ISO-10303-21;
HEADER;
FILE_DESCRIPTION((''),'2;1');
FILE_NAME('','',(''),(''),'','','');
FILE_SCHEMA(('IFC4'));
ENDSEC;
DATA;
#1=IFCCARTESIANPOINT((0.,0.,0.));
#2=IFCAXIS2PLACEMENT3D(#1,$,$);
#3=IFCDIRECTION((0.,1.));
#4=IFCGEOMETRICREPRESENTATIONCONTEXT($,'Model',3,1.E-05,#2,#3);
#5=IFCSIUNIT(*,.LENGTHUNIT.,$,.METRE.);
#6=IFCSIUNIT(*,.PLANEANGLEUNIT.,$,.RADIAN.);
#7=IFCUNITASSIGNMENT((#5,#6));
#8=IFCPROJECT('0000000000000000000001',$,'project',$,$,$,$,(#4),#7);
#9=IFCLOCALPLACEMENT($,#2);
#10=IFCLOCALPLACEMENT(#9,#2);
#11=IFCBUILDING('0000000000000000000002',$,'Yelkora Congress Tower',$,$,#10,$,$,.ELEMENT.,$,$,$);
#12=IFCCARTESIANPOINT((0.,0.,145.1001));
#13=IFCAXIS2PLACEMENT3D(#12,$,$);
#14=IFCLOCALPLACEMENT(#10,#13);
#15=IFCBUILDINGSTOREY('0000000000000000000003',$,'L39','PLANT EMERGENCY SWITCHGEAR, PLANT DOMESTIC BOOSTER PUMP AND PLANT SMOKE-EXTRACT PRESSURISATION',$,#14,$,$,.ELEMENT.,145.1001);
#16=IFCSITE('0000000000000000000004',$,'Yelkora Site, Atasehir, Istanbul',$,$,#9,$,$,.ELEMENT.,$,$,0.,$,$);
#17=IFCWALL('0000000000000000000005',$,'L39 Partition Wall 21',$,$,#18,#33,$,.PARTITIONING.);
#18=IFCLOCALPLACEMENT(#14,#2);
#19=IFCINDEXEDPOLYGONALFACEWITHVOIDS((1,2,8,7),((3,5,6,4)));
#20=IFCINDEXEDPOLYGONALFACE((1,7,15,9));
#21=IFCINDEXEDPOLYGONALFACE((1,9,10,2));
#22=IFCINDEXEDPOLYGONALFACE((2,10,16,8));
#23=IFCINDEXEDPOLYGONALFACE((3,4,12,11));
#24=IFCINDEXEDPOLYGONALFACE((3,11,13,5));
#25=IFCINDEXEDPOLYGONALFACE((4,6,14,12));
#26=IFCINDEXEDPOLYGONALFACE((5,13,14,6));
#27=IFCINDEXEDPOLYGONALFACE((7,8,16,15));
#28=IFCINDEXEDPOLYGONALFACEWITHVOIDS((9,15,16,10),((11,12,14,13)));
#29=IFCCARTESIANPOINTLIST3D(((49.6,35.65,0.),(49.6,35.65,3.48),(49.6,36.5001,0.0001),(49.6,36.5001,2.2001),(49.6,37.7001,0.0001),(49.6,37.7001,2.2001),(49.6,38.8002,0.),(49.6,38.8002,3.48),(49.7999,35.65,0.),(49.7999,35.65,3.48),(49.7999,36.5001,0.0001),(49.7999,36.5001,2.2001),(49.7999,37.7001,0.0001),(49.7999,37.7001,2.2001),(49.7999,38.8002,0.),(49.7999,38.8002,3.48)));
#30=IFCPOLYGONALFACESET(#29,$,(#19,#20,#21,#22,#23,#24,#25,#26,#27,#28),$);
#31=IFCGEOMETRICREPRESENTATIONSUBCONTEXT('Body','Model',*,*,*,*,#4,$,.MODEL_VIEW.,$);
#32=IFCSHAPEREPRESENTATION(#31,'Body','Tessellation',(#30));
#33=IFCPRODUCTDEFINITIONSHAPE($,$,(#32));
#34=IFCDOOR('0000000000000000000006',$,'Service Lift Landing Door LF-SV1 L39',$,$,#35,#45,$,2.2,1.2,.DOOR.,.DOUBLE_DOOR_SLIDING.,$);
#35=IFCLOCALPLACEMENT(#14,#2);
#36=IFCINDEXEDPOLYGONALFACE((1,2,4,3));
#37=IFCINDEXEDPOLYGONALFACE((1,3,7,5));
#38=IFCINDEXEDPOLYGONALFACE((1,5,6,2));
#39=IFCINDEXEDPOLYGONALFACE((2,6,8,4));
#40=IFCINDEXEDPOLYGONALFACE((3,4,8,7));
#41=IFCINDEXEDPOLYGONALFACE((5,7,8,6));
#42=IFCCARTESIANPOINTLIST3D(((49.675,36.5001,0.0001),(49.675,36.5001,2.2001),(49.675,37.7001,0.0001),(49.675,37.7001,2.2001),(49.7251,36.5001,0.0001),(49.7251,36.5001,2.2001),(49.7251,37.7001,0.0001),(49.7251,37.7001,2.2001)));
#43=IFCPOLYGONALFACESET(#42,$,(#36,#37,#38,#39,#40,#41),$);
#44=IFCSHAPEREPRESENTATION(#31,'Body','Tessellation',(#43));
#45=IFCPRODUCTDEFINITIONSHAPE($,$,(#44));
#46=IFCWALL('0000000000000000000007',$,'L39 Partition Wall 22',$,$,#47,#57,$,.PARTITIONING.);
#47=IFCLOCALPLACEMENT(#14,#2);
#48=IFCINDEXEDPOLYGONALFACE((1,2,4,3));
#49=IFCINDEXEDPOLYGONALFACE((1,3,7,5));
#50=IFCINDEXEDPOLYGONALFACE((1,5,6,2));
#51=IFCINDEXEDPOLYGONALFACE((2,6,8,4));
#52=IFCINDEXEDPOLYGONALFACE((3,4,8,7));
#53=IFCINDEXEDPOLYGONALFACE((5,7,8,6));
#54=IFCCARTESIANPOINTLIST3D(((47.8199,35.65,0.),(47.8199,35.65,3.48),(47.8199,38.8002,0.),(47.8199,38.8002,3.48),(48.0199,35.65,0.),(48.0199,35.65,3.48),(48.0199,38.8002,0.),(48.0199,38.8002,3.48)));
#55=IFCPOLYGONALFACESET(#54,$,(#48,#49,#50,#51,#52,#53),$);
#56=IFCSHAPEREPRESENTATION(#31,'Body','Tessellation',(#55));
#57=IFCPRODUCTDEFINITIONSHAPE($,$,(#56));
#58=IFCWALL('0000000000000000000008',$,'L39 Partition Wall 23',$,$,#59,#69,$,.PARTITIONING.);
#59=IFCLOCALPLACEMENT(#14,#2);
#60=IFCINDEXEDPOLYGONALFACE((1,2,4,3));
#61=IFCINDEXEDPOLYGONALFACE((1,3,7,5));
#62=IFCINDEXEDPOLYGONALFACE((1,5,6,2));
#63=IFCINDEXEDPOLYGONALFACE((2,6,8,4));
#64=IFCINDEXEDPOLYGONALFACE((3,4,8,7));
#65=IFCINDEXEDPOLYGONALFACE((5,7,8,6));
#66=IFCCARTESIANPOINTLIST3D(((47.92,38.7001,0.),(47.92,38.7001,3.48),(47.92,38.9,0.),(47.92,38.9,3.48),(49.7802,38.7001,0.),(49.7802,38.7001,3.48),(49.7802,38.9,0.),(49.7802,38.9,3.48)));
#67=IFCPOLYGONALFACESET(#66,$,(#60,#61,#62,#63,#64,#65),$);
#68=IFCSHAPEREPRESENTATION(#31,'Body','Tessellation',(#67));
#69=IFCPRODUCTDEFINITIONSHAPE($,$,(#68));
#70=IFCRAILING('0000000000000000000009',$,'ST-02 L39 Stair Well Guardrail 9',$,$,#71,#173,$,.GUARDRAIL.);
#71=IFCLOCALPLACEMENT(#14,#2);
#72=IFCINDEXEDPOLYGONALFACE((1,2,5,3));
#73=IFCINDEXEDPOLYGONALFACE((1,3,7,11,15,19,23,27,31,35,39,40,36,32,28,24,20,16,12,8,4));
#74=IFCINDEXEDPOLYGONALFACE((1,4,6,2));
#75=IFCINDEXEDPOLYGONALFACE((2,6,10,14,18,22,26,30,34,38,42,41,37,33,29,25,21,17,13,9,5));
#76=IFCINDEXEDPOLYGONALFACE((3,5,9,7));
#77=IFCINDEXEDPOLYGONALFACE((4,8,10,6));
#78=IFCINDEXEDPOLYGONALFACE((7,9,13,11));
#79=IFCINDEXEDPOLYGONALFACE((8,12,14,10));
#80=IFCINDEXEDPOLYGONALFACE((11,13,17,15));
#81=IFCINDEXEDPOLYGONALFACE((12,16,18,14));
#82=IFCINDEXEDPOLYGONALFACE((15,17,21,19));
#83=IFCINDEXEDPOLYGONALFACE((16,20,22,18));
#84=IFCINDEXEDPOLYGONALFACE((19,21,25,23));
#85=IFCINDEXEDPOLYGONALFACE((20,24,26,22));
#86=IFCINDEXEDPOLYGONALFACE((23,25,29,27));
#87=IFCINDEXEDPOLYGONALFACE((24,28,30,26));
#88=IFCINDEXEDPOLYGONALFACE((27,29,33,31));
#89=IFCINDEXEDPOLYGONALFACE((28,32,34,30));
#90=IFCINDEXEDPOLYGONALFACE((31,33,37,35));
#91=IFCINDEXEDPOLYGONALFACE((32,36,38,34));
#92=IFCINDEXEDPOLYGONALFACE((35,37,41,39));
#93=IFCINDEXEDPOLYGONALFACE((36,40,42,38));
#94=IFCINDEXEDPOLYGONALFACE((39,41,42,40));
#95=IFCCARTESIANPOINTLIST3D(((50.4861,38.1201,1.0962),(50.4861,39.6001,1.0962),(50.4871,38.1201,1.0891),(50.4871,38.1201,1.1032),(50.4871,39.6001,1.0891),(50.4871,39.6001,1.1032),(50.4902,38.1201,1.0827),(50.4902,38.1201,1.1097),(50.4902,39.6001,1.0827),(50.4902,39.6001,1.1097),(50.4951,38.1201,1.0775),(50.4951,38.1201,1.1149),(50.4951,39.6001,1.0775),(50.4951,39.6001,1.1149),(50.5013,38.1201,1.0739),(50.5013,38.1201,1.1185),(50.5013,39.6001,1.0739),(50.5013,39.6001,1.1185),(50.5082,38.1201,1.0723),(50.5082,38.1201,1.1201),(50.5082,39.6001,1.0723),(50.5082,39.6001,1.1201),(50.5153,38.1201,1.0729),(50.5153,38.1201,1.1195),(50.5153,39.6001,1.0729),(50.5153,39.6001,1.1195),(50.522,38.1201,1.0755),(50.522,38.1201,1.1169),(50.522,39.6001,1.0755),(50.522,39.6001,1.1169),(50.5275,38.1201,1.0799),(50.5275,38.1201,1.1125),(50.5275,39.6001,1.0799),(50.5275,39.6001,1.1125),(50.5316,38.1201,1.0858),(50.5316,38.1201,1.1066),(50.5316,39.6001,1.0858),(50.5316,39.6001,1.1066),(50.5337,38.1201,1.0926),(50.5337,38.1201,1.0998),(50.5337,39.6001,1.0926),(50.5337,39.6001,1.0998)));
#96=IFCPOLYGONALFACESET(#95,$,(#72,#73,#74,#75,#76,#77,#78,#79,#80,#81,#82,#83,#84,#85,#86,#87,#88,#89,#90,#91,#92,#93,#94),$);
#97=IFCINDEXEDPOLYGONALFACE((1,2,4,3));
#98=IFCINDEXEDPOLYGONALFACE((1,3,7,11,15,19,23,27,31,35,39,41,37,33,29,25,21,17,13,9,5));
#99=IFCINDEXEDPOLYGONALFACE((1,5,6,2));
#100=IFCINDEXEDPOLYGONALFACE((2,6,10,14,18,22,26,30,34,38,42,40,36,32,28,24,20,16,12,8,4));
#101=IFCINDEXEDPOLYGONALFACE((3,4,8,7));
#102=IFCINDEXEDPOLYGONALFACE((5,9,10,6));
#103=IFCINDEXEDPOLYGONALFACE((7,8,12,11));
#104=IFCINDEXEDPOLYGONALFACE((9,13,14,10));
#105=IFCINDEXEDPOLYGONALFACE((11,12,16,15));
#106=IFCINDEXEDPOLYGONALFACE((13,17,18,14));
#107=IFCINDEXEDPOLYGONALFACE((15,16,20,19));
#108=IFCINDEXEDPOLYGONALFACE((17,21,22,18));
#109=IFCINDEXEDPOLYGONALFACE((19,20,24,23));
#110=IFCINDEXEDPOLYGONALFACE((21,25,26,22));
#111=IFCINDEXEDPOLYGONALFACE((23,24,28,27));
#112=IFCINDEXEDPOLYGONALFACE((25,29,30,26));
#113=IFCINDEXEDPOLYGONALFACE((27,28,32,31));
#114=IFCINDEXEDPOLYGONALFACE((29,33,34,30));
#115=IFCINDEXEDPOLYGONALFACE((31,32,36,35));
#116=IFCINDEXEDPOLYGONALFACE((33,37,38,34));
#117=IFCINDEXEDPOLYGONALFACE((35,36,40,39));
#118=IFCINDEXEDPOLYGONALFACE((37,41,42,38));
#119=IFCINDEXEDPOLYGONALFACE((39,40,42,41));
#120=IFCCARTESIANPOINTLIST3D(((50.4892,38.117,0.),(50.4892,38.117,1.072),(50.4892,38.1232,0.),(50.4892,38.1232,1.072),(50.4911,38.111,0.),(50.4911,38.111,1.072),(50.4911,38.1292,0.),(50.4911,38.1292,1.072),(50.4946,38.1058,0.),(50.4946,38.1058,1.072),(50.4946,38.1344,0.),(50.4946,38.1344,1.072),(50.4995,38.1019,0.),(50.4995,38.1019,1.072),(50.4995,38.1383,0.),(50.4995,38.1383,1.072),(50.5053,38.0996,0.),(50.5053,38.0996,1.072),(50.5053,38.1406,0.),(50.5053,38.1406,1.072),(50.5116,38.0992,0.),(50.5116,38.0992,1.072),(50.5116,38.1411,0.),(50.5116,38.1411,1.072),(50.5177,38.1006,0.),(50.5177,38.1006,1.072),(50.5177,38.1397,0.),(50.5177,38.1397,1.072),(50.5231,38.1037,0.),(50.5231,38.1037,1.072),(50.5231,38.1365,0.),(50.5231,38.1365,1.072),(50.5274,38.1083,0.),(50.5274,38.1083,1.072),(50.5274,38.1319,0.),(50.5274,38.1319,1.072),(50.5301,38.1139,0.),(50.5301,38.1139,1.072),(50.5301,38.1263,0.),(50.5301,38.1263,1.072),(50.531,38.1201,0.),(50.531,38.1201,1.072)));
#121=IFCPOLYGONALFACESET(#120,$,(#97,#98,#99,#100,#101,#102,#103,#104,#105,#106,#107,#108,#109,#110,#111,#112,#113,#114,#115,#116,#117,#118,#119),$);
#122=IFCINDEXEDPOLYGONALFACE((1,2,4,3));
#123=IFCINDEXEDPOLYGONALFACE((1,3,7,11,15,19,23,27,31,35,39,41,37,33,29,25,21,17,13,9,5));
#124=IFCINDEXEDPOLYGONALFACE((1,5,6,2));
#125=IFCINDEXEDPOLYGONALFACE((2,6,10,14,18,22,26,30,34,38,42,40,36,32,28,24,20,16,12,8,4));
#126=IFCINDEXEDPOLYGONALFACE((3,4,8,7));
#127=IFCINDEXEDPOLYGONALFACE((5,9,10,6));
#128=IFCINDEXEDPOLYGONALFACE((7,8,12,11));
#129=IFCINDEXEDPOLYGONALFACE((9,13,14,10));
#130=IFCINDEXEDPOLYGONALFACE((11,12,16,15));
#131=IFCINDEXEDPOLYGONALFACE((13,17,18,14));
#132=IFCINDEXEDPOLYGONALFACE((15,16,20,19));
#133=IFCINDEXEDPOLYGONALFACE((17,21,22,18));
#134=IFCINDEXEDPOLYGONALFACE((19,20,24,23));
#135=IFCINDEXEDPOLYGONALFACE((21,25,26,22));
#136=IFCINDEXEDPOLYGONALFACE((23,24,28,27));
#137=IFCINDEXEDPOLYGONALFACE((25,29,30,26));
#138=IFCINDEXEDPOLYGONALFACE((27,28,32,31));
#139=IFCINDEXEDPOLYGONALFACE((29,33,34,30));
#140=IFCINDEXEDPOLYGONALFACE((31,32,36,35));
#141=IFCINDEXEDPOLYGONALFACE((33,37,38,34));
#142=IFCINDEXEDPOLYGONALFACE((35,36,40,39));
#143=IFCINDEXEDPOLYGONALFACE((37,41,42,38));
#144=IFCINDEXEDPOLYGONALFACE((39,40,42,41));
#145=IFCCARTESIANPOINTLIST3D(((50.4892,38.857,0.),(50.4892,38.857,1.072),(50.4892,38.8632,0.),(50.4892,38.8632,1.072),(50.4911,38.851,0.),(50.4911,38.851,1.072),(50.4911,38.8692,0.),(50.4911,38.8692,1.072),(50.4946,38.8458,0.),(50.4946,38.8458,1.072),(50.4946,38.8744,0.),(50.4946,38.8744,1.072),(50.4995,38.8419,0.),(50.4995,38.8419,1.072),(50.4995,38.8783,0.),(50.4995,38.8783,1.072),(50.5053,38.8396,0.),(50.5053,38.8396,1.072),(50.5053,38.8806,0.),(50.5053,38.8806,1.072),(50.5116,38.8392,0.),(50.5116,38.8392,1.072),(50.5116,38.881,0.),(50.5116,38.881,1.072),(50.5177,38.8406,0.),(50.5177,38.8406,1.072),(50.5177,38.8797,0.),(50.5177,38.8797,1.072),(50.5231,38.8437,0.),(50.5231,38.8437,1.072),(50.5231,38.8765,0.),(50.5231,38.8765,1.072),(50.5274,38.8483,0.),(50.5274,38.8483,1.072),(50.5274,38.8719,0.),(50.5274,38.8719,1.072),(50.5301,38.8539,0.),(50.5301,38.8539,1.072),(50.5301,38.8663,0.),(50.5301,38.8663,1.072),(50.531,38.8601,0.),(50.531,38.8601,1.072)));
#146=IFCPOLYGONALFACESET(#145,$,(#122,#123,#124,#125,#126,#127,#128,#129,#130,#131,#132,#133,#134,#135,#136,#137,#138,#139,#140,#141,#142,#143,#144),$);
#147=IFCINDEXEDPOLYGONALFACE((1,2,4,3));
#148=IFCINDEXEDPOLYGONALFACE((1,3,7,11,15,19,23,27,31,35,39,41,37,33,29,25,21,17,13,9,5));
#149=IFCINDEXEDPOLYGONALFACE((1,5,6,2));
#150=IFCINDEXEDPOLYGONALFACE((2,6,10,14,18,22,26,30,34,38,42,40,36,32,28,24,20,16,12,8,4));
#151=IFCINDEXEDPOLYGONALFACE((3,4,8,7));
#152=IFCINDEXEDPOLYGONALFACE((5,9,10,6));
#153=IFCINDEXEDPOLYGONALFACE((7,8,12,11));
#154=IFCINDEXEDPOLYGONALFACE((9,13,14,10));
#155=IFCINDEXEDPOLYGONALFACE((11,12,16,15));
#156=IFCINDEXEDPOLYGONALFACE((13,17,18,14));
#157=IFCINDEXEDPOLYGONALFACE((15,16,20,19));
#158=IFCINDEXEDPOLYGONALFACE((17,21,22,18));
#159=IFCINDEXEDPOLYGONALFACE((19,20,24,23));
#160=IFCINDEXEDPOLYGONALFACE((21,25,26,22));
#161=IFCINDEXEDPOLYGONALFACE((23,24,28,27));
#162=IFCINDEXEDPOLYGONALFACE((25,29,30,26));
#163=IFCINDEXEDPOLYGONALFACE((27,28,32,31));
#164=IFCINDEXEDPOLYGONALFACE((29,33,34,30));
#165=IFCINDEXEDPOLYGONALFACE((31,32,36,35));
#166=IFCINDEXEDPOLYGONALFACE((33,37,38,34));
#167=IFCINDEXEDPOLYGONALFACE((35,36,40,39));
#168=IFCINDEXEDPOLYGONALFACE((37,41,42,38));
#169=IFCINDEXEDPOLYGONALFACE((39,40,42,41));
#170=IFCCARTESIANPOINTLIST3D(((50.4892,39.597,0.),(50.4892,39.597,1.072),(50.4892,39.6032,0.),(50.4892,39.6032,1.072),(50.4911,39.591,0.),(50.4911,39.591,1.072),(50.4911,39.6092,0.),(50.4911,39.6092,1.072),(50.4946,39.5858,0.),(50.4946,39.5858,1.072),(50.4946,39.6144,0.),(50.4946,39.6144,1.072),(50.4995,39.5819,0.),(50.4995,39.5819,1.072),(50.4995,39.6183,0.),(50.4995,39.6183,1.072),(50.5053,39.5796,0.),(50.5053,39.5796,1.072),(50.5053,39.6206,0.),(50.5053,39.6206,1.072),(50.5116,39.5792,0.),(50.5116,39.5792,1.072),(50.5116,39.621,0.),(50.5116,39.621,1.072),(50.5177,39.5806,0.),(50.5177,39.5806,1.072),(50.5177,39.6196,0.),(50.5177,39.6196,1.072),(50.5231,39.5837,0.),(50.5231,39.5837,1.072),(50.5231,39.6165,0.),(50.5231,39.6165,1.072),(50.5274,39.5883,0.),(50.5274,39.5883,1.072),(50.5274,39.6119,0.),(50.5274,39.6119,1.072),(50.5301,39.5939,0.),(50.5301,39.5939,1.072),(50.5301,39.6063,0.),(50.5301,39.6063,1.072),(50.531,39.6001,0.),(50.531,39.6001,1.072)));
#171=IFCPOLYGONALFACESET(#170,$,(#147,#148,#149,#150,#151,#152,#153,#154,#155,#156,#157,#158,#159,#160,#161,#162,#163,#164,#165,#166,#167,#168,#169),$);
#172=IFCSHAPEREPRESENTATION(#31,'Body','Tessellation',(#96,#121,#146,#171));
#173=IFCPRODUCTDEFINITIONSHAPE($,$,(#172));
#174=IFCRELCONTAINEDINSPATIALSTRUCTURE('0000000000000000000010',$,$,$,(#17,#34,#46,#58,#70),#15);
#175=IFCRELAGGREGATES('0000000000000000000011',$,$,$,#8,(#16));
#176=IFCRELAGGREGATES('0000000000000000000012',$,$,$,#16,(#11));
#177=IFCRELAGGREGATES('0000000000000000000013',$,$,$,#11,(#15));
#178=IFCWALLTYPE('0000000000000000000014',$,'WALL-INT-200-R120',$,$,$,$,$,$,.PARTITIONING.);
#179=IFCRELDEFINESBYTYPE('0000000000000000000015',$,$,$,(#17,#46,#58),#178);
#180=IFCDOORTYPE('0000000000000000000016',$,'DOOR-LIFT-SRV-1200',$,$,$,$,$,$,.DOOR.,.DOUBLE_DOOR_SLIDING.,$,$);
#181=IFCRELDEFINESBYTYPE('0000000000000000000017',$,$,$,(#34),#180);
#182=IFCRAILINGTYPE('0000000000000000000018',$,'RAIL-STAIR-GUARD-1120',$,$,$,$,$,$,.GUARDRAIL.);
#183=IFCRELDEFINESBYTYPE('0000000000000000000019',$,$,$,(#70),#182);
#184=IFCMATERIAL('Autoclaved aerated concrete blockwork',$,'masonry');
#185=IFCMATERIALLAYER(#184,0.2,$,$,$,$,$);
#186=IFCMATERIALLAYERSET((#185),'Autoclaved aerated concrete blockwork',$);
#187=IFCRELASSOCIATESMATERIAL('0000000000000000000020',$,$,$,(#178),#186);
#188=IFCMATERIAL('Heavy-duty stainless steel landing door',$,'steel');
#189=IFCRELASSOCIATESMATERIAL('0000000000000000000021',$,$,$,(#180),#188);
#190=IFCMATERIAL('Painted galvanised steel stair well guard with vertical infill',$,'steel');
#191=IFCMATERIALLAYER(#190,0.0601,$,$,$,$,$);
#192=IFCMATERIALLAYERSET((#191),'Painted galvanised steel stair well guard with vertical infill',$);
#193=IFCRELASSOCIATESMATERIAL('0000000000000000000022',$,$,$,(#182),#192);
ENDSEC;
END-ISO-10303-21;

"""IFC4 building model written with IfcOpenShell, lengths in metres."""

from ifc_helpers import new_model, si_unit, direction, frame, frame_2d, origin, origin_2d, place, context, subcontext, project, spatial, rectangle, circle, extrude, material, layer, layer_set, type_object, element, fill, save


model = new_model("IFC4")

# Units and contexts
model_context = context("Model", 3, precision=1e-05, world=origin(), true_north=direction((0.0, 1.0)))
body_context = subcontext(model_context, "Body", "Model", "MODEL_VIEW")
ifc_project = project(units=[si_unit("LENGTHUNIT", "METRE"), si_unit("PLANEANGLEUNIT", "RADIAN")], contexts=[model_context])

# Site, building, storey
site_placement = place(None, origin())
site = spatial("IfcSite", under=ifc_project, at=site_placement, Name="Yelkora Site, Atasehir, Istanbul", CompositionType="ELEMENT", RefElevation=0.0)
building_placement = place(site_placement, origin())
building = spatial("IfcBuilding", under=site, at=building_placement, Name="Yelkora Congress Tower", CompositionType="ELEMENT")
storey_placement = place(building_placement, frame((0.0, 0.0, 145.1001)))
storey = spatial("IfcBuildingStorey", under=building, at=storey_placement, Name="L39", Description="PLANT EMERGENCY SWITCHGEAR, PLANT DOMESTIC BOOSTER PUMP AND PLANT SMOKE-EXTRACT PRESSURISATION", CompositionType="ELEMENT", Elevation=145.1001)

# Wall, opening, door
ifc_material_1 = material(Name="Autoclaved aerated concrete blockwork", Category="masonry")
ifc_layer_1 = layer(ifc_material_1, 0.2)
ifc_layer_set_1 = layer_set([ifc_layer_1], Name="Autoclaved aerated concrete blockwork")
wall_type_1 = type_object("IfcWallType", Name="WALL-INT-200-R120", PredefinedType="PARTITIONING", material=ifc_layer_set_1)
wall_1_placement = place(storey_placement, frame((49.7, 35.6499, 0.0), z_axis=(0.0, 0.0, 1.0), x_axis=(0.0, 1.0, 0.0)))
wall_1 = element("IfcWall", 1, at=wall_1_placement, inside=storey, type_object=wall_type_1, Name="L39 Partition Wall 21", PredefinedType="PARTITIONING", context=body_context, shape_type="SweptSolid", body=[
    extrude(rectangle(XDim=3.1501, YDim=0.2, at=frame_2d((1.5752, 0.0))), origin(), (0.0, 0.0, 1.0), 3.48),
])
opening_1_placement = place(wall_1_placement, frame((0.8501, 0.0, 0.0)))
opening_1 = element("IfcOpeningElement", 2, at=opening_1_placement, cuts=wall_1, PredefinedType="OPENING", context=body_context, shape_type="SweptSolid", body=[
    extrude(rectangle(XDim=1.2, YDim=2.2, at=frame_2d((0.6001, 1.1001))), frame((0.0, 0.1099, 0.0), z_axis=(0.0, -1.0, 0.0), x_axis=(1.0, 0.0, 0.0)), (0.0, 0.0, 1.0), 0.22),
])
ifc_material_2 = material(Name="Heavy-duty stainless steel landing door", Category="steel")
door_type_1 = type_object("IfcDoorType", Name="DOOR-LIFT-SRV-1200", OperationType="DOUBLE_DOOR_SLIDING", PredefinedType="DOOR", material=ifc_material_2)
door_1_placement = place(opening_1_placement, origin())
door_1 = element("IfcDoor", 3, at=door_1_placement, inside=storey, type_object=door_type_1, Name="Service Lift Landing Door LF-SV1 L39", OperationType="DOUBLE_DOOR_SLIDING", OverallHeight=2.2, OverallWidth=1.2, PredefinedType="DOOR", context=body_context, shape_type="SweptSolid", body=[
    extrude(rectangle(XDim=1.2, YDim=2.2, at=frame_2d((0.6001, 1.1001))), frame((0.0, 0.0249, 0.0), z_axis=(0.0, -1.0, 0.0), x_axis=(1.0, 0.0, 0.0)), (0.0, 0.0, 1.0), 0.05),
])
fill(opening_1, door_1)

# Walls
wall_2_placement = place(storey_placement, frame((47.9199, 35.6499, 0.0), z_axis=(0.0, 0.0, 1.0), x_axis=(0.0, 1.0, 0.0)))
element("IfcWall", 4, at=wall_2_placement, inside=storey, type_object=wall_type_1, Name="L39 Partition Wall 22", PredefinedType="PARTITIONING", context=body_context, shape_type="SweptSolid", body=[
    extrude(rectangle(XDim=3.1501, YDim=0.2, at=frame_2d((1.5752, 0.0))), origin(), (0.0, 0.0, 1.0), 3.48),
])
wall_3_placement = place(storey_placement, frame((47.9199, 38.8, 0.0), z_axis=(0.0, 0.0, 1.0), x_axis=(1.0, 0.0, 0.0)))
element("IfcWall", 5, at=wall_3_placement, inside=storey, type_object=wall_type_1, Name="L39 Partition Wall 23", PredefinedType="PARTITIONING", context=body_context, shape_type="SweptSolid", body=[
    extrude(rectangle(XDim=1.8601, YDim=0.2, at=frame_2d((0.9302, 0.0))), origin(), (0.0, 0.0, 1.0), 3.48),
])

# Railing
ifc_material_3 = material(Name="Painted galvanised steel stair well guard with vertical infill", Category="steel")
ifc_layer_2 = layer(ifc_material_3, 0.0601)
ifc_layer_set_2 = layer_set([ifc_layer_2], Name="Painted galvanised steel stair well guard with vertical infill")
railing_type = type_object("IfcRailingType", Name="RAIL-STAIR-GUARD-1120", PredefinedType="GUARDRAIL", material=ifc_layer_set_2)
railing_1_placement = place(storey_placement, frame((50.51, 38.1201, 0.0)))
element("IfcRailing", 6, at=railing_1_placement, inside=storey, type_object=railing_type, Name="ST-02 L39 Stair Well Guardrail 9", PredefinedType="GUARDRAIL", context=body_context, shape_type="SweptSolid", body=[
    extrude(circle(Radius=0.0239, at=origin_2d()), frame((0.0, 0.0, 1.0962), z_axis=(0.0, 1.0, 0.0), x_axis=(-1.0, 0.0, 0.0)), (0.0, 0.0, 1.0), 1.48),
    extrude(circle(Radius=0.021, at=origin_2d()), origin(), (0.0, 0.0, 1.0), 1.072),
    extrude(circle(Radius=0.021, at=origin_2d()), frame((0.0, 0.74, 0.0)), (0.0, 0.0, 1.0), 1.072),
    extrude(circle(Radius=0.021, at=origin_2d()), frame((0.0, 1.48, 0.0)), (0.0, 0.0, 1.0), 1.072),
])

save(model, "model.ifc")
